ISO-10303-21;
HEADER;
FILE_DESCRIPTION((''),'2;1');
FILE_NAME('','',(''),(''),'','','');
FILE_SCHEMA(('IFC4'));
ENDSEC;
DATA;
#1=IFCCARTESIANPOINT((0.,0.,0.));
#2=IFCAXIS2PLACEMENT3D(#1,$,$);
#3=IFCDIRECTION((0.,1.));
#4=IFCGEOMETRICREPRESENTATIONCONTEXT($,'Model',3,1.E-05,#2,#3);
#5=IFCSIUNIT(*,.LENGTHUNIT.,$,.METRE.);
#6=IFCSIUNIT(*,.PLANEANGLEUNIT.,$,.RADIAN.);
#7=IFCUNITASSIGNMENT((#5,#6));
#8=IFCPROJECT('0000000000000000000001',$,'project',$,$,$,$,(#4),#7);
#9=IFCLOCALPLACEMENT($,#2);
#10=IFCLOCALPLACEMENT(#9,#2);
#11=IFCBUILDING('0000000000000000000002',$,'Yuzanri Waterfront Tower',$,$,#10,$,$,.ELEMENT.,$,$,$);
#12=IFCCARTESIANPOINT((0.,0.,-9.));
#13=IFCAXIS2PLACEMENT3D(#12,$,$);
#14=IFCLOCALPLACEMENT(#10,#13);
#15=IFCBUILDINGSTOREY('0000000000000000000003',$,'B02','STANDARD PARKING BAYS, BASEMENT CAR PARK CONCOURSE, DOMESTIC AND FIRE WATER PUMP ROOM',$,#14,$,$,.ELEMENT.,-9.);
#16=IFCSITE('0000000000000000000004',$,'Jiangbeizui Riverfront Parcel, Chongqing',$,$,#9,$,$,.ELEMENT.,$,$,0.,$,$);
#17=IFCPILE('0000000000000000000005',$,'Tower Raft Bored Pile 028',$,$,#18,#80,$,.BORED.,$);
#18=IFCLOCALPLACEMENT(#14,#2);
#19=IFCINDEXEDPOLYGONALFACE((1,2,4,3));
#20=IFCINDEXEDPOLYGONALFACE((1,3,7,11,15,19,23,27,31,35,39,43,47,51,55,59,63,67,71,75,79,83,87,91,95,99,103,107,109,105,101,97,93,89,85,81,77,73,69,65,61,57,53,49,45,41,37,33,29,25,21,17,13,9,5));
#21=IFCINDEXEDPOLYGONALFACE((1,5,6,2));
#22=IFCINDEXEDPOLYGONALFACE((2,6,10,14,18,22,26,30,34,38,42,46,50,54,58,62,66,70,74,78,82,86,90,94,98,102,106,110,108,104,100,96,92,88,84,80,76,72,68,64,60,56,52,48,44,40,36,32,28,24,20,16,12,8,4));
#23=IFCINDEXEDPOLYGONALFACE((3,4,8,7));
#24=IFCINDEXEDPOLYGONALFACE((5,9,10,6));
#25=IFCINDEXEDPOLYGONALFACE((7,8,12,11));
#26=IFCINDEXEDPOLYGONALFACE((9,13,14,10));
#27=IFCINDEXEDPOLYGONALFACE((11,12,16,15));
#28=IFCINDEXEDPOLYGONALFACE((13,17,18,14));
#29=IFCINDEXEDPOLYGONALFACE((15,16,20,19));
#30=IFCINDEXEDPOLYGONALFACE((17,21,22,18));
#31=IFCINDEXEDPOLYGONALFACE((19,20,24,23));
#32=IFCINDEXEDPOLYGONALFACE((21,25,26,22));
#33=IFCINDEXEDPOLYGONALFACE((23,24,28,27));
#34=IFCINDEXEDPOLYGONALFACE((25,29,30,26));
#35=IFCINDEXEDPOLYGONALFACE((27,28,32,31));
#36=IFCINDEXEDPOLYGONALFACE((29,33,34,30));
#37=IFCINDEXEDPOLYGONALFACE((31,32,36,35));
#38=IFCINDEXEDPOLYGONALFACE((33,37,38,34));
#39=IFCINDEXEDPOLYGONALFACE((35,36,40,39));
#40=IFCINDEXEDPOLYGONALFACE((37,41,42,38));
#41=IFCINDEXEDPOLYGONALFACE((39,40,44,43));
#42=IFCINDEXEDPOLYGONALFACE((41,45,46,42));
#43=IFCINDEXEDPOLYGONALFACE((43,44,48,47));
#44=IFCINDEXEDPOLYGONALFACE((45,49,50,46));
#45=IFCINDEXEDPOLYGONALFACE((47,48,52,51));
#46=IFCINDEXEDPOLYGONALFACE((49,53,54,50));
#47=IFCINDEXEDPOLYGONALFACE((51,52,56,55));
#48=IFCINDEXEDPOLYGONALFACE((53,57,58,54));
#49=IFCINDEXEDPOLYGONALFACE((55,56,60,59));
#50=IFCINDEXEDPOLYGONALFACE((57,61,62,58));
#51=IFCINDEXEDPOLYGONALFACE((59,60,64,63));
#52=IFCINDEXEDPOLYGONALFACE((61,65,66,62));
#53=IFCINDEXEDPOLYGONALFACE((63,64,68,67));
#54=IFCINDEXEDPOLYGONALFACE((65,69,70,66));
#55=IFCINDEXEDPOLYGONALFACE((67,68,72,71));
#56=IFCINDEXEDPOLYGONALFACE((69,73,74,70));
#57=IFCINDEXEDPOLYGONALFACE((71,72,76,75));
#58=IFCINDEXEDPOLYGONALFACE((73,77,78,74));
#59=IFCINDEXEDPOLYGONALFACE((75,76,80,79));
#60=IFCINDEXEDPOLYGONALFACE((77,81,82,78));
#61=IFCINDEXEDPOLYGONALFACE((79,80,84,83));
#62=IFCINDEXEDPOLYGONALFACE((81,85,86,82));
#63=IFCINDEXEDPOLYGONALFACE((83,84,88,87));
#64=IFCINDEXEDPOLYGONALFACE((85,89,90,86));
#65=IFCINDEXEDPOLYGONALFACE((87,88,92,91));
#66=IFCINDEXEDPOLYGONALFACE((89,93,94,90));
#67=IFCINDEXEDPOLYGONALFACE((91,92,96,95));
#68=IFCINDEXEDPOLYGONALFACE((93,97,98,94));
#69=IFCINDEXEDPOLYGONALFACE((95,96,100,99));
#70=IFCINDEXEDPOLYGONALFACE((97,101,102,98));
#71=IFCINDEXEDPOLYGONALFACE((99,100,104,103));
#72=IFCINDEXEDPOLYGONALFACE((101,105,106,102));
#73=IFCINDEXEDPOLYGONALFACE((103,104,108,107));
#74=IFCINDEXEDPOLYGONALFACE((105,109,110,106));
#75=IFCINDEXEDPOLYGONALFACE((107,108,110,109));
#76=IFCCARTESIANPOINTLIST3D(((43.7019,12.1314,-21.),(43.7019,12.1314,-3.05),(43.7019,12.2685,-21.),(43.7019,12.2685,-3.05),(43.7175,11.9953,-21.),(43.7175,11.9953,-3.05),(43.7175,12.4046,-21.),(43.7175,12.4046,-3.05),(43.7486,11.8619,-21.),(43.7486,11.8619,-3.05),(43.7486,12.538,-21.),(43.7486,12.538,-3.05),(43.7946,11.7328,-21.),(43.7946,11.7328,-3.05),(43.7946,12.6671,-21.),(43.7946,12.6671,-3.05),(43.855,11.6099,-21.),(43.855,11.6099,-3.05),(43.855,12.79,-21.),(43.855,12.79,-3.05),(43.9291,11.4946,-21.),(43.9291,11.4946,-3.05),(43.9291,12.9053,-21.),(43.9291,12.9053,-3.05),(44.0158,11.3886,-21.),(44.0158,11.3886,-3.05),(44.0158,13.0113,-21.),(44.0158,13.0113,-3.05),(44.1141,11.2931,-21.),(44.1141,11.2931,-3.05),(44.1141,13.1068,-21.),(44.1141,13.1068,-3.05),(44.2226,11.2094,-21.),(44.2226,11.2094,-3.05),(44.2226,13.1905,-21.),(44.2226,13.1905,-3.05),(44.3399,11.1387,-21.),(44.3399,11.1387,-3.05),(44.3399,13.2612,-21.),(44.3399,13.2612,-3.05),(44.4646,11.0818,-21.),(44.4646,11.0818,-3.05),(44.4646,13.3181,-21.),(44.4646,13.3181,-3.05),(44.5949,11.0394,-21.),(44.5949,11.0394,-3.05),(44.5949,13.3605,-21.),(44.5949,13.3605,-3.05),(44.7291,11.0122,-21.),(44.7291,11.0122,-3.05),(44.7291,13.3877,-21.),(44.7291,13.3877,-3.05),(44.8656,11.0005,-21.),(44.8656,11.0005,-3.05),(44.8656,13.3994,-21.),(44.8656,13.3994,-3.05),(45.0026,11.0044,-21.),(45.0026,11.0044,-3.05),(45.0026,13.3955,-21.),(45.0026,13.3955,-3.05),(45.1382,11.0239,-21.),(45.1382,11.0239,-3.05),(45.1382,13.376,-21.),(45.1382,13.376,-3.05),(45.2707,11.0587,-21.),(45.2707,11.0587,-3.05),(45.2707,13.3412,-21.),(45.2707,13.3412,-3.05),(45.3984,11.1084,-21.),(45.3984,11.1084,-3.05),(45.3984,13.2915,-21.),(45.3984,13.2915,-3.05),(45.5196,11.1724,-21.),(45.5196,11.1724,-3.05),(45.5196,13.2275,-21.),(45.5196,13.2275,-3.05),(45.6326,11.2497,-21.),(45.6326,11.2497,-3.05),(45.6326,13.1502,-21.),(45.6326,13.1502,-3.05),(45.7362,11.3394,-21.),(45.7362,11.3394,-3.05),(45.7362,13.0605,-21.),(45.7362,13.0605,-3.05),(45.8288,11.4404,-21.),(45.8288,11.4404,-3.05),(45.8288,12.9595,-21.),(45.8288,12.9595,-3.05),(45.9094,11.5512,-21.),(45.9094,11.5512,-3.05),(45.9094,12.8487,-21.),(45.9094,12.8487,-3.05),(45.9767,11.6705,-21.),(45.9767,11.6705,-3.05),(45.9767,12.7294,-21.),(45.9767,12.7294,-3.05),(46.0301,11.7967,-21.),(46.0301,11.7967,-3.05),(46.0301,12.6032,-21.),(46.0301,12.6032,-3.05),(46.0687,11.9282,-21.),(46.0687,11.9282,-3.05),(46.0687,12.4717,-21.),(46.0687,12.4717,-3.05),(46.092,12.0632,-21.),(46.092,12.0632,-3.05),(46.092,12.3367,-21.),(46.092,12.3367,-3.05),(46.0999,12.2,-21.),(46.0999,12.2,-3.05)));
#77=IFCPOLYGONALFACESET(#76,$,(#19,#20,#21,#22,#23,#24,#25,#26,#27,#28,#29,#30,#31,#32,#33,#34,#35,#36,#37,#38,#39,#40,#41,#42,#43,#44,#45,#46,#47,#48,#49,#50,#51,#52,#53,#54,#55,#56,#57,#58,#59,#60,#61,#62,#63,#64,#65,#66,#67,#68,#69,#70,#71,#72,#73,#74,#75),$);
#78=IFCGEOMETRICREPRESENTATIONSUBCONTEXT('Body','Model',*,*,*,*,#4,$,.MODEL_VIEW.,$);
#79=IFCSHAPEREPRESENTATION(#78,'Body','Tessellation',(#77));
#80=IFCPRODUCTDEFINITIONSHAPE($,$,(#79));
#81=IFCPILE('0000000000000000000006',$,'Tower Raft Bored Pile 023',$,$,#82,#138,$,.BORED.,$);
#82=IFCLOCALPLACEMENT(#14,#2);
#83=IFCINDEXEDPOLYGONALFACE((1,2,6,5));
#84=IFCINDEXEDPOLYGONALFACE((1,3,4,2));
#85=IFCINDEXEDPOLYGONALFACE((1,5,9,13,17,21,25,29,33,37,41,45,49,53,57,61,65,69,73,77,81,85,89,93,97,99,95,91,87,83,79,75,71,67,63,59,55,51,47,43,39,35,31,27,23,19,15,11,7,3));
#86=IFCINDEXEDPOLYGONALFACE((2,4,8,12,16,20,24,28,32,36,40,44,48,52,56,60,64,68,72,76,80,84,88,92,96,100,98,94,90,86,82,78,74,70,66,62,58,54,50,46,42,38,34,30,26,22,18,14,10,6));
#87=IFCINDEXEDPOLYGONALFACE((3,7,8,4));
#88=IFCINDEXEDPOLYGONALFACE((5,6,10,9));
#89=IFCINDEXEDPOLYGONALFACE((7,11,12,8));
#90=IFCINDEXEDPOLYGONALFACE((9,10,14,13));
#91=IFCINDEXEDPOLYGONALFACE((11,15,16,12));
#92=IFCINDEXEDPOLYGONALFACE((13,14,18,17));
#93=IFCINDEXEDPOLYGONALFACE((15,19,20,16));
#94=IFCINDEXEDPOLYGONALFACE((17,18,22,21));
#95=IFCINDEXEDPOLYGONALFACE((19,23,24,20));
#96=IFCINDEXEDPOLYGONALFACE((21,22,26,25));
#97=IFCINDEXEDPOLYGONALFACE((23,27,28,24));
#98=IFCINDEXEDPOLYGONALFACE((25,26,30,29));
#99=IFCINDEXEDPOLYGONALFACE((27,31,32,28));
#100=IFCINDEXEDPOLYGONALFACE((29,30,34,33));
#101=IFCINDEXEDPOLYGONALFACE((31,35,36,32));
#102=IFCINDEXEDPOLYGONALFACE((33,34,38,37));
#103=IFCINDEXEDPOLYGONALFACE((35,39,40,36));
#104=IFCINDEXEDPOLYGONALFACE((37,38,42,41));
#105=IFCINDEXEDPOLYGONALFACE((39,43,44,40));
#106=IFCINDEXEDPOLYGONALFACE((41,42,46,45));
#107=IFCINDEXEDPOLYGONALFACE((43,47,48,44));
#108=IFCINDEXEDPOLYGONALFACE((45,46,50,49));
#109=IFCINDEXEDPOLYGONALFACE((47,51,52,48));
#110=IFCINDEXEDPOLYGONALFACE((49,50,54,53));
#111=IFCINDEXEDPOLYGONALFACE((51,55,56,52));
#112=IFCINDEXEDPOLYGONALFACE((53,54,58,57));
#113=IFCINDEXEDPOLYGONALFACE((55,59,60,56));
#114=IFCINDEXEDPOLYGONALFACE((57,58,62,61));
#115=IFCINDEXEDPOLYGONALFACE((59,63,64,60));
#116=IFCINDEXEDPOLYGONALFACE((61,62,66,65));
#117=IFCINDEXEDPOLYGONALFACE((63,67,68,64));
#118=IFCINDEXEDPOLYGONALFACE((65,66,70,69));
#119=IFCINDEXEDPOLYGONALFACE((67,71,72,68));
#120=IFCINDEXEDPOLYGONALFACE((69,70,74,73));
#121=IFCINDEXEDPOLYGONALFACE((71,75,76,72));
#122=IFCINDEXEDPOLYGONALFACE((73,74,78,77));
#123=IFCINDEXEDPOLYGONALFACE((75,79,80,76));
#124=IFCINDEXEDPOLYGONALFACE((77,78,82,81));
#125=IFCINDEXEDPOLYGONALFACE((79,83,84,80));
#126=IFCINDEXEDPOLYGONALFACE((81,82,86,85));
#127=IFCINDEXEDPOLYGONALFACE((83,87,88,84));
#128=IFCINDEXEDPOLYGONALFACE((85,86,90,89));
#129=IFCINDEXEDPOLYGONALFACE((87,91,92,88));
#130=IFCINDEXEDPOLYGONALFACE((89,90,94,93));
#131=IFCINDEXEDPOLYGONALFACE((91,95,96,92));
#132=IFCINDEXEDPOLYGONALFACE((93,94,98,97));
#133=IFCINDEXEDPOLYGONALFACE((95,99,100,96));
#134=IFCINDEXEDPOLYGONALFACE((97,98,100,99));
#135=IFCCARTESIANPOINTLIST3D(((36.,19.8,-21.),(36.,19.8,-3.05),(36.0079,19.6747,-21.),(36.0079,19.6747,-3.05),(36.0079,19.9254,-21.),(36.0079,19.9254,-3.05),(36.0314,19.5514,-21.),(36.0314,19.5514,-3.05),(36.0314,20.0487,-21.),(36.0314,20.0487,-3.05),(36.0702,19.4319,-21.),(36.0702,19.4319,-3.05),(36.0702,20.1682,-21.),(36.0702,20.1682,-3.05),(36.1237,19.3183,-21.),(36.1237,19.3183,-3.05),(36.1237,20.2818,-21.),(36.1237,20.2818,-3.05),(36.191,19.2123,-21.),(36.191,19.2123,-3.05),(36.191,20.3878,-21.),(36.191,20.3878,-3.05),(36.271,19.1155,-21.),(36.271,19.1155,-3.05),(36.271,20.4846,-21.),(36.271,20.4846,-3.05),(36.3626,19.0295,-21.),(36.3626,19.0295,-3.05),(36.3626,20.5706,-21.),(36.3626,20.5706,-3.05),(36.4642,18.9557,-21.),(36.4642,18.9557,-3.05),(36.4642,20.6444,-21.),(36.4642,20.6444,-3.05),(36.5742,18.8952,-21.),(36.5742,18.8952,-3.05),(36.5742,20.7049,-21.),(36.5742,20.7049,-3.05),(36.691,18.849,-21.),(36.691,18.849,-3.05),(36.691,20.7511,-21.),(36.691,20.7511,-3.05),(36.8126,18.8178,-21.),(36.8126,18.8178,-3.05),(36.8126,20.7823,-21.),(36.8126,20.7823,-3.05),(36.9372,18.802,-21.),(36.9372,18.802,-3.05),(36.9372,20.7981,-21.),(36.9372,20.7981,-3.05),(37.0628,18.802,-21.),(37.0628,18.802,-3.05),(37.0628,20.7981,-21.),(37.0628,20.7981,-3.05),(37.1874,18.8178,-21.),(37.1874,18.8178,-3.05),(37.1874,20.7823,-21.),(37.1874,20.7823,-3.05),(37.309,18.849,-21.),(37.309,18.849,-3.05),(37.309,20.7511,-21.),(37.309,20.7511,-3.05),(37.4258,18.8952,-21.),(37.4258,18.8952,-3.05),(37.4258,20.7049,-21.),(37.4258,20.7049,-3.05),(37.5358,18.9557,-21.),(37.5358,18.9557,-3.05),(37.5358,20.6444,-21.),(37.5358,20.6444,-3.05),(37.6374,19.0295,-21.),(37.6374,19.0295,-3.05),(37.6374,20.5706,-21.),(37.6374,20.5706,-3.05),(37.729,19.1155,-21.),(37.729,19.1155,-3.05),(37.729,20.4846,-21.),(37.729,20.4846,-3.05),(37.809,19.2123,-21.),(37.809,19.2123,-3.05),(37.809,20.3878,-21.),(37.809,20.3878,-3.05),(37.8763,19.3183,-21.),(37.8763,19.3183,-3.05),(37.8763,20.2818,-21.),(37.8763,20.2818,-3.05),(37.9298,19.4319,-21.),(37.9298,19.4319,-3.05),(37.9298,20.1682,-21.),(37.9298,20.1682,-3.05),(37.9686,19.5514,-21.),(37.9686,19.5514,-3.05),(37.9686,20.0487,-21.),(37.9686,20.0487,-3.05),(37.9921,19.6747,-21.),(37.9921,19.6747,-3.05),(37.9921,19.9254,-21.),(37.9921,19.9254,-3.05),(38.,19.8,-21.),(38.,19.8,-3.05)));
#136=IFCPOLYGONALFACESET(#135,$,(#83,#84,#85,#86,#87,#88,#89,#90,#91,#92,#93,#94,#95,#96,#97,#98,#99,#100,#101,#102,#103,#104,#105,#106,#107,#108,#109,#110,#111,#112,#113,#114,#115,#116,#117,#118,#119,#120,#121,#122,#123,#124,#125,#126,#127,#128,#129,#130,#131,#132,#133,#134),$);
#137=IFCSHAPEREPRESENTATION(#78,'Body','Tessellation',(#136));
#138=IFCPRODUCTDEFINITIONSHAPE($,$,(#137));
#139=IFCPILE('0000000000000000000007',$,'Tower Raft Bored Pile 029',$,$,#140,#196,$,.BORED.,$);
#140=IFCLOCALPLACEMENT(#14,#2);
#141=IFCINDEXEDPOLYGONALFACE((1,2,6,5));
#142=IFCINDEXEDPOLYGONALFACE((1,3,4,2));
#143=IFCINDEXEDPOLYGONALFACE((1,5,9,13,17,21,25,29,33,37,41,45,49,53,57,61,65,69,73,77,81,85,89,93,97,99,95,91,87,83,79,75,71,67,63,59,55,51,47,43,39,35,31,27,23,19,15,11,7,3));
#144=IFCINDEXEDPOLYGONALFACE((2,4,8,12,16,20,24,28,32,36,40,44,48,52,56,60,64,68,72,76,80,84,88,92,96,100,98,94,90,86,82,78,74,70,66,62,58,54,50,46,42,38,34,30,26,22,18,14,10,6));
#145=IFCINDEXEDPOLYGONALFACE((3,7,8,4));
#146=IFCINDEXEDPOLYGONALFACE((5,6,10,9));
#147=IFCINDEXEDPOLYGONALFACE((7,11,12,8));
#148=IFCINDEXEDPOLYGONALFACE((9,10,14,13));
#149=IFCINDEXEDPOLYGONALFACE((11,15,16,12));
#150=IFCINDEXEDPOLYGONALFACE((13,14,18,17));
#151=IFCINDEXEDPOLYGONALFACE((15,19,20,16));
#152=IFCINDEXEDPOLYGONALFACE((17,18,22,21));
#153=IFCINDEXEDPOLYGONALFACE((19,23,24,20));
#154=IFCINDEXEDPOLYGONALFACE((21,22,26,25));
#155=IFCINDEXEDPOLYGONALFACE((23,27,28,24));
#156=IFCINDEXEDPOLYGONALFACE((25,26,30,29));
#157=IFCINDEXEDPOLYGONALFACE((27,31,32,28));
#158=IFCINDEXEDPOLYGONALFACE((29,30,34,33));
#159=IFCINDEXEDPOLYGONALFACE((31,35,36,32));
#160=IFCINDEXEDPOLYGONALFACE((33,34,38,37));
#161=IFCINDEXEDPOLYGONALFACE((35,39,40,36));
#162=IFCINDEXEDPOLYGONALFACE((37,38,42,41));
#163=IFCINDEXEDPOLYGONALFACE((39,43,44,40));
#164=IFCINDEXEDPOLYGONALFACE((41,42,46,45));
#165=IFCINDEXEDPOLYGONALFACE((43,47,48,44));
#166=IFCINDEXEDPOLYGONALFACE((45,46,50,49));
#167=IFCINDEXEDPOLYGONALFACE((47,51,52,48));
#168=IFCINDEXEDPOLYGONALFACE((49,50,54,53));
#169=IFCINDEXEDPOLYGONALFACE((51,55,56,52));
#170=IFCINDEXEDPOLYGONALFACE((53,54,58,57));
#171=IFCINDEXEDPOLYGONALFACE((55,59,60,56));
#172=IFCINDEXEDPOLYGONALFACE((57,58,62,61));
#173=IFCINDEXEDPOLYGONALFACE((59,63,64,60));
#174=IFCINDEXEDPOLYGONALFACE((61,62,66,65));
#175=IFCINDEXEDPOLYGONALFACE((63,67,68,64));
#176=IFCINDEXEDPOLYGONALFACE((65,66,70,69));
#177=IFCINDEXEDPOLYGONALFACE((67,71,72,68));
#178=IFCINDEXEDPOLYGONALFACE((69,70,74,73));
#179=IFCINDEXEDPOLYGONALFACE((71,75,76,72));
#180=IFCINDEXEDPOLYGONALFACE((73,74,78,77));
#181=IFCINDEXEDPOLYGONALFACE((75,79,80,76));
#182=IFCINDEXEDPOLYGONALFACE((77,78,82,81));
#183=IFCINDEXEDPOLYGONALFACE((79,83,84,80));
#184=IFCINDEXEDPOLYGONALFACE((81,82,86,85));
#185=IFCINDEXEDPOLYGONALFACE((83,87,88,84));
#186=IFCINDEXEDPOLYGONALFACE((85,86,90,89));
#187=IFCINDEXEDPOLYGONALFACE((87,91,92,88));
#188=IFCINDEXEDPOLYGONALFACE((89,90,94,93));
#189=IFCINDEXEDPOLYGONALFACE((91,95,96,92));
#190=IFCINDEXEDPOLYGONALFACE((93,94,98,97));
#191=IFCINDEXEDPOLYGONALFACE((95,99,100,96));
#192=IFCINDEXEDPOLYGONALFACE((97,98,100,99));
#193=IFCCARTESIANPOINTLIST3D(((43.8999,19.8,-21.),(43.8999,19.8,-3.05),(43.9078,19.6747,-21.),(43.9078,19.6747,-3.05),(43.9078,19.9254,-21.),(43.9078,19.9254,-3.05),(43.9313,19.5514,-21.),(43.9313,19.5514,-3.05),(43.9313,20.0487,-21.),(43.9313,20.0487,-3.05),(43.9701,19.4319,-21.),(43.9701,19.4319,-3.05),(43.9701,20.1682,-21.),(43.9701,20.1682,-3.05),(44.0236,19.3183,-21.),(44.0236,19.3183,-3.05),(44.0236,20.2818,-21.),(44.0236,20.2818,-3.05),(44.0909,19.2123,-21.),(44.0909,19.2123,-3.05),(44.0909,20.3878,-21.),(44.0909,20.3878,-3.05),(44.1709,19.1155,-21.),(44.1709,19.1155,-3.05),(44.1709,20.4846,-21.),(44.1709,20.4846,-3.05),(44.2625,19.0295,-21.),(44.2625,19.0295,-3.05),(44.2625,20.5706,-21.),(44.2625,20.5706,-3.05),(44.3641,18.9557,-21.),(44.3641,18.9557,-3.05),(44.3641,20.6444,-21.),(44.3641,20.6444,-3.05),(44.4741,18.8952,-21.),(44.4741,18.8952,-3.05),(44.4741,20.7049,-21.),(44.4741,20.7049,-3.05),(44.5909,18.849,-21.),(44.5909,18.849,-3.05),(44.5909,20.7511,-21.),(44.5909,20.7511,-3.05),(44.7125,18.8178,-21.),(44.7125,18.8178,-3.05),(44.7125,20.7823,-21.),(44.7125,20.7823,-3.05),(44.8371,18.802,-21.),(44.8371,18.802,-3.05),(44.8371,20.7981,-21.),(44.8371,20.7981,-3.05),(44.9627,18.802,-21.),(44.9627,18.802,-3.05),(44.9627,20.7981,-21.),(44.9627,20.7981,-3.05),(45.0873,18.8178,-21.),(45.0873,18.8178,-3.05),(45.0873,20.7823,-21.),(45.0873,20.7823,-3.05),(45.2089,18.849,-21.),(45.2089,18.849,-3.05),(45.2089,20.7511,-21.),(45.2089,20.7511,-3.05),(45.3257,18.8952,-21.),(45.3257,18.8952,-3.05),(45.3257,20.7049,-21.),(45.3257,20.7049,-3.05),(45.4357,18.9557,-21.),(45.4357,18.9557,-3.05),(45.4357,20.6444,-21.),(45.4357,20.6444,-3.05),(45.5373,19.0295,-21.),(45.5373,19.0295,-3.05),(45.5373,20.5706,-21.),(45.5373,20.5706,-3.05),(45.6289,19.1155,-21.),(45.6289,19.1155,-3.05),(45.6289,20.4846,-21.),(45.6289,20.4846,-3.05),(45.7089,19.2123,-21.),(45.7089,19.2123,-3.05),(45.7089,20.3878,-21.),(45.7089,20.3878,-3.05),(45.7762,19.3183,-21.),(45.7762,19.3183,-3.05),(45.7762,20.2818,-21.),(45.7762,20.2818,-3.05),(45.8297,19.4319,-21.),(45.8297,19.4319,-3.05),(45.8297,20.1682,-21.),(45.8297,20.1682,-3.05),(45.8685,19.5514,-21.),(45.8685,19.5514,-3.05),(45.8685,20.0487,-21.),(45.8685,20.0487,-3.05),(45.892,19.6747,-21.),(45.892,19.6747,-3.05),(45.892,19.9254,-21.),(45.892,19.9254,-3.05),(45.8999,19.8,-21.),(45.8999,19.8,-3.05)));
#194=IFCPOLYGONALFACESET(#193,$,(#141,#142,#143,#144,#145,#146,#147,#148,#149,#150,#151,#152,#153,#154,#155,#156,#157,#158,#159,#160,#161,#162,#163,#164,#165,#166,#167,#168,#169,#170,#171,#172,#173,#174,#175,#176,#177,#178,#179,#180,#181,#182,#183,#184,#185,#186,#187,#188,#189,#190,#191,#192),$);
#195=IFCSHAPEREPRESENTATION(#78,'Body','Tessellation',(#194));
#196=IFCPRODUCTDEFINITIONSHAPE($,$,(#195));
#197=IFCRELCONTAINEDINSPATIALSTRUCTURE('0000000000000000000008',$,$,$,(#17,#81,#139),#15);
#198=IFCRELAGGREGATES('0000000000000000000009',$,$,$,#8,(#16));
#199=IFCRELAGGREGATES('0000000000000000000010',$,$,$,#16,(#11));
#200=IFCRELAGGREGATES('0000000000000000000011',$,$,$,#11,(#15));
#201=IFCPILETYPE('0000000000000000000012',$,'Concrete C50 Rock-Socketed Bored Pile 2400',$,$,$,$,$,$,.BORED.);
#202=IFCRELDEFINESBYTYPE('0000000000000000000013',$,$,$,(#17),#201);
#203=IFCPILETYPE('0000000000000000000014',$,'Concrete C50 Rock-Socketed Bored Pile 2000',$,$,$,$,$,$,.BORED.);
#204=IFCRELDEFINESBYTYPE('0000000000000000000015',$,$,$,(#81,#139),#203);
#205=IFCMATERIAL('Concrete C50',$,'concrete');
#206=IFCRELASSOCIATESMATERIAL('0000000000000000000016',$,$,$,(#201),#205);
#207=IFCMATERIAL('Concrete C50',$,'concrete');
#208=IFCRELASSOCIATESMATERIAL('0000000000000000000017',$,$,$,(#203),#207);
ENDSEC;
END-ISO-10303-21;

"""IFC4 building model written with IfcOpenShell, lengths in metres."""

from ifc_helpers import new_model, si_unit, direction, frame, origin, origin_2d, place, context, subcontext, project, spatial, circle, extrude, source, transform, mapped, material, material_profile, profile_set, type_object, element, save


model = new_model("IFC4")

# Units and contexts
model_context = context("Model", 3, precision=1e-05, world=origin(), true_north=direction((0.0, 1.0)))
body_context = subcontext(model_context, "Body", "Model", "MODEL_VIEW")
ifc_project = project(units=[si_unit("LENGTHUNIT", "METRE"), si_unit("PLANEANGLEUNIT", "RADIAN")], contexts=[model_context])

# Site, building, storey
site_placement = place(None, origin())
site = spatial("IfcSite", under=ifc_project, at=site_placement, Name="Jiangbeizui Riverfront Parcel, Chongqing", CompositionType="ELEMENT", RefElevation=0.0)
building_placement = place(site_placement, origin())
building = spatial("IfcBuilding", under=site, at=building_placement, Name="Yuzanri Waterfront Tower", CompositionType="ELEMENT")
storey_placement = place(building_placement, frame((0.0, 0.0, -9.0)))
storey = spatial("IfcBuildingStorey", under=building, at=storey_placement, Name="B02", Description="STANDARD PARKING BAYS, BASEMENT CAR PARK CONCOURSE, DOMESTIC AND FIRE WATER PUMP ROOM", CompositionType="ELEMENT", Elevation=-9.0)

# Piles
ifc_material_1 = material(Name="Concrete C50", Category="concrete")
ifc_material_profile_1 = material_profile(ifc_material_1, circle(Radius=1.2, at=origin_2d()), Name="PILE D2400")
ifc_profile_set_1 = profile_set([ifc_material_profile_1], Name="Concrete C50")
pile_type_1 = type_object("IfcPileType", Name="Concrete C50 Rock-Socketed Bored Pile 2400", PredefinedType="BORED", material=ifc_profile_set_1)
shared_shape_1 = source(origin(), body_context, "Body", "SweptSolid", [
    extrude(circle(Radius=1.2, at=origin_2d()), origin(), (0.0, 0.0, 1.0), 17.95),
])
for number, where, z_axis, x_axis, name in (
    (1, (44.8999, 12.2, -3.05), (0.0, 0.0, -1.0), (1.0, 0.0, 0.0), "Tower Raft Bored Pile 028"),
):
    element("IfcPile", number, at=place(storey_placement, frame(where, z_axis=z_axis, x_axis=x_axis)), inside=storey, type_object=pile_type_1, Name=name, PredefinedType="BORED", context=body_context, shape_type="MappedRepresentation", body=[
        mapped(shared_shape_1, transform((0.0, 0.0, 0.0), scale=1.0)),
    ])
ifc_material_2 = material(Name="Concrete C50", Category="concrete")
ifc_material_profile_2 = material_profile(ifc_material_2, circle(Radius=1.0, at=origin_2d()), Name="PILE D2000")
ifc_profile_set_2 = profile_set([ifc_material_profile_2], Name="Concrete C50")
pile_type_2 = type_object("IfcPileType", Name="Concrete C50 Rock-Socketed Bored Pile 2000", PredefinedType="BORED", material=ifc_profile_set_2)
shared_shape_2 = source(origin(), body_context, "Body", "SweptSolid", [
    extrude(circle(Radius=1.0, at=origin_2d()), origin(), (0.0, 0.0, 1.0), 17.95),
])
for number, where, z_axis, x_axis, name in (
    (2, (37.0, 19.8, -3.05), (0.0, 0.0, -1.0), (1.0, 0.0, 0.0), "Tower Raft Bored Pile 023"),
    (3, (44.8999, 19.8, -3.05), (0.0, 0.0, -1.0), (1.0, 0.0, 0.0), "Tower Raft Bored Pile 029"),
):
    element("IfcPile", number, at=place(storey_placement, frame(where, z_axis=z_axis, x_axis=x_axis)), inside=storey, type_object=pile_type_2, Name=name, PredefinedType="BORED", context=body_context, shape_type="MappedRepresentation", body=[
        mapped(shared_shape_2, transform((0.0, 0.0, 0.0), scale=1.0)),
    ])

save(model, "model.ifc")
